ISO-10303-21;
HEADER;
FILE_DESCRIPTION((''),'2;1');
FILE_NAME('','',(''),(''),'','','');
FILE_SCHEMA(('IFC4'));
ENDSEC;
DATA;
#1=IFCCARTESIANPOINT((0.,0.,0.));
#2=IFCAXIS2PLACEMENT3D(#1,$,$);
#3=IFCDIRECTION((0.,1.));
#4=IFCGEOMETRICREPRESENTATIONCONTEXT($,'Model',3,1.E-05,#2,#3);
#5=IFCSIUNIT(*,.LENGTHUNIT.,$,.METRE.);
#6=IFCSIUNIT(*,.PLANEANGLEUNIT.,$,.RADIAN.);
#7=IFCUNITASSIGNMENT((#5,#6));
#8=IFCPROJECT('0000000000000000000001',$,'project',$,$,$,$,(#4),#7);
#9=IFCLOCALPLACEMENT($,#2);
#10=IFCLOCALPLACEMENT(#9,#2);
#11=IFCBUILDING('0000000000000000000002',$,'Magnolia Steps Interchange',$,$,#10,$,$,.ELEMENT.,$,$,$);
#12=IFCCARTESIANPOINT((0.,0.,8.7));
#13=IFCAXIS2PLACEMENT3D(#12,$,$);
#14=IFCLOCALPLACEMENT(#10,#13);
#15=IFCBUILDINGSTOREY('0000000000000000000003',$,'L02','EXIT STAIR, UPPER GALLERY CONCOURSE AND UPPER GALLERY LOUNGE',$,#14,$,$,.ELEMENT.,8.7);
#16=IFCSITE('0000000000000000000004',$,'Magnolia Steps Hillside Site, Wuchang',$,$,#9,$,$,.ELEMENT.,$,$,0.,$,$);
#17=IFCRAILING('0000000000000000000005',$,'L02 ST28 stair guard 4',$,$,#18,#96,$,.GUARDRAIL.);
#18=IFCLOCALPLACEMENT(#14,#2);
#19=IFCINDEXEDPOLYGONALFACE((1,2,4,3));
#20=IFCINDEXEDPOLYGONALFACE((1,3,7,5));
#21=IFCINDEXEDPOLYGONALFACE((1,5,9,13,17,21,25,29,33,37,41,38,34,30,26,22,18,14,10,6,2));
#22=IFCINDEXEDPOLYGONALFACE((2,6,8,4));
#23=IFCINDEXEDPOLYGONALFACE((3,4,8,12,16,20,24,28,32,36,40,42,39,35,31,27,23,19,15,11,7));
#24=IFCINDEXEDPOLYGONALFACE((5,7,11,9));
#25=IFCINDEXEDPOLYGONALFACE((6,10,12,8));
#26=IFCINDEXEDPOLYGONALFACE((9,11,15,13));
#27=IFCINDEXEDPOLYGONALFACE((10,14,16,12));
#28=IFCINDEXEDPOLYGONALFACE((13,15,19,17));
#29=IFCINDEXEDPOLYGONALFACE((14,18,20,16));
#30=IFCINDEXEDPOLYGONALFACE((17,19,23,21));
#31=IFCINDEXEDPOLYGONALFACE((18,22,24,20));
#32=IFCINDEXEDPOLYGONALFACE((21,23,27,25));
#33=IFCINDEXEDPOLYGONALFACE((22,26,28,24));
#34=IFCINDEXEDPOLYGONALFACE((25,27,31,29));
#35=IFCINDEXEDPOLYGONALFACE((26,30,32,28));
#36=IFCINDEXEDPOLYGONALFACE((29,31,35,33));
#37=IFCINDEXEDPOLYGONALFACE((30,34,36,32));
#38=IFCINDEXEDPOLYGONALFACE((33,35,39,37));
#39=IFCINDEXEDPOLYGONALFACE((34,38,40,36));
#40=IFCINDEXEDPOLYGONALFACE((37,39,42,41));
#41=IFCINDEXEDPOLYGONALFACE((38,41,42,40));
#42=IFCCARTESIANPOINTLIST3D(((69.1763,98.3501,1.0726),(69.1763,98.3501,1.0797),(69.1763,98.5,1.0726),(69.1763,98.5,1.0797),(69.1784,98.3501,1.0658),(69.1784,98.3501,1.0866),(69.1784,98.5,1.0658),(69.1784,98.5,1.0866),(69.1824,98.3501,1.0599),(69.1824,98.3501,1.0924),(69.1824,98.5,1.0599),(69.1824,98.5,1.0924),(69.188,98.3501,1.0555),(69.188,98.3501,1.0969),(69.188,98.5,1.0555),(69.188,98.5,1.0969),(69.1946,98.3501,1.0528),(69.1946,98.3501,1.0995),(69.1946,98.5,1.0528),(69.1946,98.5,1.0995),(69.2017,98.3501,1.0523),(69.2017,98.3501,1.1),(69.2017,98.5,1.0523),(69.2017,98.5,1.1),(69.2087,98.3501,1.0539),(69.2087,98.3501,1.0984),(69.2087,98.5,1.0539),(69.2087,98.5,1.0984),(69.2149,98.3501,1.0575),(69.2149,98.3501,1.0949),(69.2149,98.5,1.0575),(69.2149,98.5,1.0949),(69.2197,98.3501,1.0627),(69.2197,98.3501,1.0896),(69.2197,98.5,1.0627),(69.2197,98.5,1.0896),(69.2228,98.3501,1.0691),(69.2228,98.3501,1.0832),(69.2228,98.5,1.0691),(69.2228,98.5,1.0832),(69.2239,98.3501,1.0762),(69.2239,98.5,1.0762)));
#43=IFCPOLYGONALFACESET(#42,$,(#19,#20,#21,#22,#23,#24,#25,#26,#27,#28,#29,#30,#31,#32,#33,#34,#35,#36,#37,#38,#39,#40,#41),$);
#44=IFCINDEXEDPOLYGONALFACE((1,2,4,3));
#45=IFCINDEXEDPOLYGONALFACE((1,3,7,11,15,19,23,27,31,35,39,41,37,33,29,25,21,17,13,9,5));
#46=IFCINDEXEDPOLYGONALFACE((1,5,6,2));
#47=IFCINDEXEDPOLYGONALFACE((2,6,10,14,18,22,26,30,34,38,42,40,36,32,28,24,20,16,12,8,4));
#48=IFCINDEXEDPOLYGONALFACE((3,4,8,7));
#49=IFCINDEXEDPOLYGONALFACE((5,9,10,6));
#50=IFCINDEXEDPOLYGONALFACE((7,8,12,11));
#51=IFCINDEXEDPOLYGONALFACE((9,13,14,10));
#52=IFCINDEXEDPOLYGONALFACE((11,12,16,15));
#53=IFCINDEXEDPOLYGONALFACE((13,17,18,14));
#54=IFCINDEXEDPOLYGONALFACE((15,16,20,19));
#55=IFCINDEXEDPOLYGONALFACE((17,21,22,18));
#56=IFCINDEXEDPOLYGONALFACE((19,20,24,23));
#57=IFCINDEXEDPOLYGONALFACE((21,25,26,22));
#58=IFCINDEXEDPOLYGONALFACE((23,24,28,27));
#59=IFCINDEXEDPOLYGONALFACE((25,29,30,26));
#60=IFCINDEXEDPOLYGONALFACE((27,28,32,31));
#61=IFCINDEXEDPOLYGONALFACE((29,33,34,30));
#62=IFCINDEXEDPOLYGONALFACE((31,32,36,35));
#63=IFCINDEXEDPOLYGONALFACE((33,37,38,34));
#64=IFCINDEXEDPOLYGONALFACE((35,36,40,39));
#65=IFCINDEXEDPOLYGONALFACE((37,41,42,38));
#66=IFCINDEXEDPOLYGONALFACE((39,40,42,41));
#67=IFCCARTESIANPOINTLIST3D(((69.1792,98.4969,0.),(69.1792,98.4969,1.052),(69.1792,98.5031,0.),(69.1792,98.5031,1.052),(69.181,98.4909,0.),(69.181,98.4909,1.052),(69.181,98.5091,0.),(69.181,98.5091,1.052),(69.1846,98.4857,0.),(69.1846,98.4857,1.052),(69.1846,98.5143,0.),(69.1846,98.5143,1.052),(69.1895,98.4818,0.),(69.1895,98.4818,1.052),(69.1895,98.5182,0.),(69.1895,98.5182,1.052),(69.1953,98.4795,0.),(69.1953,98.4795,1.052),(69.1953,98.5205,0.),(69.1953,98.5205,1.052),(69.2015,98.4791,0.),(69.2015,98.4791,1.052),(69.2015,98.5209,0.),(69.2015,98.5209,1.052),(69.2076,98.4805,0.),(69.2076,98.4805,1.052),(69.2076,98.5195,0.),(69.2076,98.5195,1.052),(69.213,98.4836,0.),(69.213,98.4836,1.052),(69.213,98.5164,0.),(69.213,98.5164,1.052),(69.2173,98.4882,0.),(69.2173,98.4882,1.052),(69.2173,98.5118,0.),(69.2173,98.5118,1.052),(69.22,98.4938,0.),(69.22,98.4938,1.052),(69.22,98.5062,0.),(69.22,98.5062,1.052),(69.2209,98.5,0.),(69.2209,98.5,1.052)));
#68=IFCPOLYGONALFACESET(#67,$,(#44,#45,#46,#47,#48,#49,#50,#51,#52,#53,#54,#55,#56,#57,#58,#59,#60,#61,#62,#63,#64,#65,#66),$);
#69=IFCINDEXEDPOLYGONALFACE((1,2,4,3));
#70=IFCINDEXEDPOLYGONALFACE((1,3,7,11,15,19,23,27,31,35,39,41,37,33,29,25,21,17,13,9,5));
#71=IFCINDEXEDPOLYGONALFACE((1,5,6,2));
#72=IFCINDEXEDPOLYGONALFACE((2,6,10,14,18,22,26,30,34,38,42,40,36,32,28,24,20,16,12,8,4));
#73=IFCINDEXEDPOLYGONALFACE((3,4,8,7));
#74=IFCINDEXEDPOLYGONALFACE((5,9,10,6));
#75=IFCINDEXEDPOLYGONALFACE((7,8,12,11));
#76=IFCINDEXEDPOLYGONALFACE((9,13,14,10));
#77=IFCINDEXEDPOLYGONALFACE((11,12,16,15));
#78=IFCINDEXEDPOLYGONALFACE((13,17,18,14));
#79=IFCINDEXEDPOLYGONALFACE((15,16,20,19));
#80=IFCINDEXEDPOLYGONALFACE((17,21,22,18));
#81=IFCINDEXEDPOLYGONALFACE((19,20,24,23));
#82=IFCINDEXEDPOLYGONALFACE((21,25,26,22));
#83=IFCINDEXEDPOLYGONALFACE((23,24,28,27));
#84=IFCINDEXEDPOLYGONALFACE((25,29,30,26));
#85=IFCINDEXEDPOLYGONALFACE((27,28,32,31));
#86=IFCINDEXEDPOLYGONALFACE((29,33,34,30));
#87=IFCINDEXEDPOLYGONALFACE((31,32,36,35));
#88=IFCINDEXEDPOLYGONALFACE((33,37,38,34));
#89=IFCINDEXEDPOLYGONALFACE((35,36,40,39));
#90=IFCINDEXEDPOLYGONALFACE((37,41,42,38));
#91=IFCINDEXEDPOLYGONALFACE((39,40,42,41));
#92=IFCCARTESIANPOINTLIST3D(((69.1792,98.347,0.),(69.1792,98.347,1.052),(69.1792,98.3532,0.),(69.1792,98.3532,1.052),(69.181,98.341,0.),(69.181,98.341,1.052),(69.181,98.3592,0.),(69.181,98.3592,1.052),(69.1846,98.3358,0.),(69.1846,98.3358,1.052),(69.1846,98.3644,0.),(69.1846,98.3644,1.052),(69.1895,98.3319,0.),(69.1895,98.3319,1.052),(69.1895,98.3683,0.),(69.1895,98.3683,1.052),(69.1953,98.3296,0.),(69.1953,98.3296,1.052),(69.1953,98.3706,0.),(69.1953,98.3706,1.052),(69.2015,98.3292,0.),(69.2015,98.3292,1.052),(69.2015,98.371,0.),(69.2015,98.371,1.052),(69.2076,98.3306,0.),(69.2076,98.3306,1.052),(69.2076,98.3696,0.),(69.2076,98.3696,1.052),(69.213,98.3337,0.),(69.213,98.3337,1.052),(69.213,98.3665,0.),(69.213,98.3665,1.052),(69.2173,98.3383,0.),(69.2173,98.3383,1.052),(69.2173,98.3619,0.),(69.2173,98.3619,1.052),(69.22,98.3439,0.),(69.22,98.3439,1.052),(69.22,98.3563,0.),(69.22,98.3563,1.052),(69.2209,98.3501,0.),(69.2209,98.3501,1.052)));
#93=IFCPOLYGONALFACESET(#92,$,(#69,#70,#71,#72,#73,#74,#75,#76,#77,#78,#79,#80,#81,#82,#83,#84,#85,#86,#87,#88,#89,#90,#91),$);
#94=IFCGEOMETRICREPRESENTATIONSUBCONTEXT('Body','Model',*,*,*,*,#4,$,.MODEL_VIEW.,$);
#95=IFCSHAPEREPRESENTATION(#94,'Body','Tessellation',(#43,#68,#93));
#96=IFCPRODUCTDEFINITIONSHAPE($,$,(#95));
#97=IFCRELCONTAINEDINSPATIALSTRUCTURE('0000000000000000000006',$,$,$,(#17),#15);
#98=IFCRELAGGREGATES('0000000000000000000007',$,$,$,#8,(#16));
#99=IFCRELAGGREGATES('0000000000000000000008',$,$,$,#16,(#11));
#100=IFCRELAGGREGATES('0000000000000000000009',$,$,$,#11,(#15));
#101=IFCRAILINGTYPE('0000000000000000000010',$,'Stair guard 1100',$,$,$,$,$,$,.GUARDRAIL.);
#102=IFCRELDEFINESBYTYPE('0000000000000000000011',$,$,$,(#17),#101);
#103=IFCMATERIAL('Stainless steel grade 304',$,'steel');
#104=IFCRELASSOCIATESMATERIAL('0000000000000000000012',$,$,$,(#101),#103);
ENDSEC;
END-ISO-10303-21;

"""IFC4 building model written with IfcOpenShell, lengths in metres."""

from ifc_helpers import new_model, si_unit, direction, frame, origin, origin_2d, place, context, subcontext, project, spatial, circle, extrude, material, type_object, element, save


model = new_model("IFC4")

# Units and contexts
model_context = context("Model", 3, precision=1e-05, world=origin(), true_north=direction((0.0, 1.0)))
body_context = subcontext(model_context, "Body", "Model", "MODEL_VIEW")
ifc_project = project(units=[si_unit("LENGTHUNIT", "METRE"), si_unit("PLANEANGLEUNIT", "RADIAN")], contexts=[model_context])

# Site, building, storey
site_placement = place(None, origin())
site = spatial("IfcSite", under=ifc_project, at=site_placement, Name="Magnolia Steps Hillside Site, Wuchang", CompositionType="ELEMENT", RefElevation=0.0)
building_placement = place(site_placement, origin())
building = spatial("IfcBuilding", under=site, at=building_placement, Name="Magnolia Steps Interchange", CompositionType="ELEMENT")
storey_placement = place(building_placement, frame((0.0, 0.0, 8.7)))
storey = spatial("IfcBuildingStorey", under=building, at=storey_placement, Name="L02", Description="EXIT STAIR, UPPER GALLERY CONCOURSE AND UPPER GALLERY LOUNGE", CompositionType="ELEMENT", Elevation=8.7)

# Railing
ifc_material_1 = material(Name="Stainless steel grade 304", Category="steel")
railing_type_1 = type_object("IfcRailingType", Name="Stair guard 1100", PredefinedType="GUARDRAIL", material=ifc_material_1)
railing_1_placement = place(storey_placement, frame((69.2, 98.5, 0.0)))
element("IfcRailing", 1, at=railing_1_placement, inside=storey, type_object=railing_type_1, Name="L02 ST28 stair guard 4", PredefinedType="GUARDRAIL", context=body_context, shape_type="SweptSolid", body=[
    extrude(circle(Radius=0.0239, at=origin_2d()), frame((0.0, 0.0, 1.0762), z_axis=(0.0, -1.0, 0.0), x_axis=(1.0, 0.0, 0.0)), (0.0, 0.0, 1.0), 0.1499),
    extrude(circle(Radius=0.021, at=origin_2d()), origin(), (0.0, 0.0, 1.0), 1.052),
    extrude(circle(Radius=0.021, at=origin_2d()), frame((0.0, -0.1499, 0.0)), (0.0, 0.0, 1.0), 1.052),
])

save(model, "model.ifc")
